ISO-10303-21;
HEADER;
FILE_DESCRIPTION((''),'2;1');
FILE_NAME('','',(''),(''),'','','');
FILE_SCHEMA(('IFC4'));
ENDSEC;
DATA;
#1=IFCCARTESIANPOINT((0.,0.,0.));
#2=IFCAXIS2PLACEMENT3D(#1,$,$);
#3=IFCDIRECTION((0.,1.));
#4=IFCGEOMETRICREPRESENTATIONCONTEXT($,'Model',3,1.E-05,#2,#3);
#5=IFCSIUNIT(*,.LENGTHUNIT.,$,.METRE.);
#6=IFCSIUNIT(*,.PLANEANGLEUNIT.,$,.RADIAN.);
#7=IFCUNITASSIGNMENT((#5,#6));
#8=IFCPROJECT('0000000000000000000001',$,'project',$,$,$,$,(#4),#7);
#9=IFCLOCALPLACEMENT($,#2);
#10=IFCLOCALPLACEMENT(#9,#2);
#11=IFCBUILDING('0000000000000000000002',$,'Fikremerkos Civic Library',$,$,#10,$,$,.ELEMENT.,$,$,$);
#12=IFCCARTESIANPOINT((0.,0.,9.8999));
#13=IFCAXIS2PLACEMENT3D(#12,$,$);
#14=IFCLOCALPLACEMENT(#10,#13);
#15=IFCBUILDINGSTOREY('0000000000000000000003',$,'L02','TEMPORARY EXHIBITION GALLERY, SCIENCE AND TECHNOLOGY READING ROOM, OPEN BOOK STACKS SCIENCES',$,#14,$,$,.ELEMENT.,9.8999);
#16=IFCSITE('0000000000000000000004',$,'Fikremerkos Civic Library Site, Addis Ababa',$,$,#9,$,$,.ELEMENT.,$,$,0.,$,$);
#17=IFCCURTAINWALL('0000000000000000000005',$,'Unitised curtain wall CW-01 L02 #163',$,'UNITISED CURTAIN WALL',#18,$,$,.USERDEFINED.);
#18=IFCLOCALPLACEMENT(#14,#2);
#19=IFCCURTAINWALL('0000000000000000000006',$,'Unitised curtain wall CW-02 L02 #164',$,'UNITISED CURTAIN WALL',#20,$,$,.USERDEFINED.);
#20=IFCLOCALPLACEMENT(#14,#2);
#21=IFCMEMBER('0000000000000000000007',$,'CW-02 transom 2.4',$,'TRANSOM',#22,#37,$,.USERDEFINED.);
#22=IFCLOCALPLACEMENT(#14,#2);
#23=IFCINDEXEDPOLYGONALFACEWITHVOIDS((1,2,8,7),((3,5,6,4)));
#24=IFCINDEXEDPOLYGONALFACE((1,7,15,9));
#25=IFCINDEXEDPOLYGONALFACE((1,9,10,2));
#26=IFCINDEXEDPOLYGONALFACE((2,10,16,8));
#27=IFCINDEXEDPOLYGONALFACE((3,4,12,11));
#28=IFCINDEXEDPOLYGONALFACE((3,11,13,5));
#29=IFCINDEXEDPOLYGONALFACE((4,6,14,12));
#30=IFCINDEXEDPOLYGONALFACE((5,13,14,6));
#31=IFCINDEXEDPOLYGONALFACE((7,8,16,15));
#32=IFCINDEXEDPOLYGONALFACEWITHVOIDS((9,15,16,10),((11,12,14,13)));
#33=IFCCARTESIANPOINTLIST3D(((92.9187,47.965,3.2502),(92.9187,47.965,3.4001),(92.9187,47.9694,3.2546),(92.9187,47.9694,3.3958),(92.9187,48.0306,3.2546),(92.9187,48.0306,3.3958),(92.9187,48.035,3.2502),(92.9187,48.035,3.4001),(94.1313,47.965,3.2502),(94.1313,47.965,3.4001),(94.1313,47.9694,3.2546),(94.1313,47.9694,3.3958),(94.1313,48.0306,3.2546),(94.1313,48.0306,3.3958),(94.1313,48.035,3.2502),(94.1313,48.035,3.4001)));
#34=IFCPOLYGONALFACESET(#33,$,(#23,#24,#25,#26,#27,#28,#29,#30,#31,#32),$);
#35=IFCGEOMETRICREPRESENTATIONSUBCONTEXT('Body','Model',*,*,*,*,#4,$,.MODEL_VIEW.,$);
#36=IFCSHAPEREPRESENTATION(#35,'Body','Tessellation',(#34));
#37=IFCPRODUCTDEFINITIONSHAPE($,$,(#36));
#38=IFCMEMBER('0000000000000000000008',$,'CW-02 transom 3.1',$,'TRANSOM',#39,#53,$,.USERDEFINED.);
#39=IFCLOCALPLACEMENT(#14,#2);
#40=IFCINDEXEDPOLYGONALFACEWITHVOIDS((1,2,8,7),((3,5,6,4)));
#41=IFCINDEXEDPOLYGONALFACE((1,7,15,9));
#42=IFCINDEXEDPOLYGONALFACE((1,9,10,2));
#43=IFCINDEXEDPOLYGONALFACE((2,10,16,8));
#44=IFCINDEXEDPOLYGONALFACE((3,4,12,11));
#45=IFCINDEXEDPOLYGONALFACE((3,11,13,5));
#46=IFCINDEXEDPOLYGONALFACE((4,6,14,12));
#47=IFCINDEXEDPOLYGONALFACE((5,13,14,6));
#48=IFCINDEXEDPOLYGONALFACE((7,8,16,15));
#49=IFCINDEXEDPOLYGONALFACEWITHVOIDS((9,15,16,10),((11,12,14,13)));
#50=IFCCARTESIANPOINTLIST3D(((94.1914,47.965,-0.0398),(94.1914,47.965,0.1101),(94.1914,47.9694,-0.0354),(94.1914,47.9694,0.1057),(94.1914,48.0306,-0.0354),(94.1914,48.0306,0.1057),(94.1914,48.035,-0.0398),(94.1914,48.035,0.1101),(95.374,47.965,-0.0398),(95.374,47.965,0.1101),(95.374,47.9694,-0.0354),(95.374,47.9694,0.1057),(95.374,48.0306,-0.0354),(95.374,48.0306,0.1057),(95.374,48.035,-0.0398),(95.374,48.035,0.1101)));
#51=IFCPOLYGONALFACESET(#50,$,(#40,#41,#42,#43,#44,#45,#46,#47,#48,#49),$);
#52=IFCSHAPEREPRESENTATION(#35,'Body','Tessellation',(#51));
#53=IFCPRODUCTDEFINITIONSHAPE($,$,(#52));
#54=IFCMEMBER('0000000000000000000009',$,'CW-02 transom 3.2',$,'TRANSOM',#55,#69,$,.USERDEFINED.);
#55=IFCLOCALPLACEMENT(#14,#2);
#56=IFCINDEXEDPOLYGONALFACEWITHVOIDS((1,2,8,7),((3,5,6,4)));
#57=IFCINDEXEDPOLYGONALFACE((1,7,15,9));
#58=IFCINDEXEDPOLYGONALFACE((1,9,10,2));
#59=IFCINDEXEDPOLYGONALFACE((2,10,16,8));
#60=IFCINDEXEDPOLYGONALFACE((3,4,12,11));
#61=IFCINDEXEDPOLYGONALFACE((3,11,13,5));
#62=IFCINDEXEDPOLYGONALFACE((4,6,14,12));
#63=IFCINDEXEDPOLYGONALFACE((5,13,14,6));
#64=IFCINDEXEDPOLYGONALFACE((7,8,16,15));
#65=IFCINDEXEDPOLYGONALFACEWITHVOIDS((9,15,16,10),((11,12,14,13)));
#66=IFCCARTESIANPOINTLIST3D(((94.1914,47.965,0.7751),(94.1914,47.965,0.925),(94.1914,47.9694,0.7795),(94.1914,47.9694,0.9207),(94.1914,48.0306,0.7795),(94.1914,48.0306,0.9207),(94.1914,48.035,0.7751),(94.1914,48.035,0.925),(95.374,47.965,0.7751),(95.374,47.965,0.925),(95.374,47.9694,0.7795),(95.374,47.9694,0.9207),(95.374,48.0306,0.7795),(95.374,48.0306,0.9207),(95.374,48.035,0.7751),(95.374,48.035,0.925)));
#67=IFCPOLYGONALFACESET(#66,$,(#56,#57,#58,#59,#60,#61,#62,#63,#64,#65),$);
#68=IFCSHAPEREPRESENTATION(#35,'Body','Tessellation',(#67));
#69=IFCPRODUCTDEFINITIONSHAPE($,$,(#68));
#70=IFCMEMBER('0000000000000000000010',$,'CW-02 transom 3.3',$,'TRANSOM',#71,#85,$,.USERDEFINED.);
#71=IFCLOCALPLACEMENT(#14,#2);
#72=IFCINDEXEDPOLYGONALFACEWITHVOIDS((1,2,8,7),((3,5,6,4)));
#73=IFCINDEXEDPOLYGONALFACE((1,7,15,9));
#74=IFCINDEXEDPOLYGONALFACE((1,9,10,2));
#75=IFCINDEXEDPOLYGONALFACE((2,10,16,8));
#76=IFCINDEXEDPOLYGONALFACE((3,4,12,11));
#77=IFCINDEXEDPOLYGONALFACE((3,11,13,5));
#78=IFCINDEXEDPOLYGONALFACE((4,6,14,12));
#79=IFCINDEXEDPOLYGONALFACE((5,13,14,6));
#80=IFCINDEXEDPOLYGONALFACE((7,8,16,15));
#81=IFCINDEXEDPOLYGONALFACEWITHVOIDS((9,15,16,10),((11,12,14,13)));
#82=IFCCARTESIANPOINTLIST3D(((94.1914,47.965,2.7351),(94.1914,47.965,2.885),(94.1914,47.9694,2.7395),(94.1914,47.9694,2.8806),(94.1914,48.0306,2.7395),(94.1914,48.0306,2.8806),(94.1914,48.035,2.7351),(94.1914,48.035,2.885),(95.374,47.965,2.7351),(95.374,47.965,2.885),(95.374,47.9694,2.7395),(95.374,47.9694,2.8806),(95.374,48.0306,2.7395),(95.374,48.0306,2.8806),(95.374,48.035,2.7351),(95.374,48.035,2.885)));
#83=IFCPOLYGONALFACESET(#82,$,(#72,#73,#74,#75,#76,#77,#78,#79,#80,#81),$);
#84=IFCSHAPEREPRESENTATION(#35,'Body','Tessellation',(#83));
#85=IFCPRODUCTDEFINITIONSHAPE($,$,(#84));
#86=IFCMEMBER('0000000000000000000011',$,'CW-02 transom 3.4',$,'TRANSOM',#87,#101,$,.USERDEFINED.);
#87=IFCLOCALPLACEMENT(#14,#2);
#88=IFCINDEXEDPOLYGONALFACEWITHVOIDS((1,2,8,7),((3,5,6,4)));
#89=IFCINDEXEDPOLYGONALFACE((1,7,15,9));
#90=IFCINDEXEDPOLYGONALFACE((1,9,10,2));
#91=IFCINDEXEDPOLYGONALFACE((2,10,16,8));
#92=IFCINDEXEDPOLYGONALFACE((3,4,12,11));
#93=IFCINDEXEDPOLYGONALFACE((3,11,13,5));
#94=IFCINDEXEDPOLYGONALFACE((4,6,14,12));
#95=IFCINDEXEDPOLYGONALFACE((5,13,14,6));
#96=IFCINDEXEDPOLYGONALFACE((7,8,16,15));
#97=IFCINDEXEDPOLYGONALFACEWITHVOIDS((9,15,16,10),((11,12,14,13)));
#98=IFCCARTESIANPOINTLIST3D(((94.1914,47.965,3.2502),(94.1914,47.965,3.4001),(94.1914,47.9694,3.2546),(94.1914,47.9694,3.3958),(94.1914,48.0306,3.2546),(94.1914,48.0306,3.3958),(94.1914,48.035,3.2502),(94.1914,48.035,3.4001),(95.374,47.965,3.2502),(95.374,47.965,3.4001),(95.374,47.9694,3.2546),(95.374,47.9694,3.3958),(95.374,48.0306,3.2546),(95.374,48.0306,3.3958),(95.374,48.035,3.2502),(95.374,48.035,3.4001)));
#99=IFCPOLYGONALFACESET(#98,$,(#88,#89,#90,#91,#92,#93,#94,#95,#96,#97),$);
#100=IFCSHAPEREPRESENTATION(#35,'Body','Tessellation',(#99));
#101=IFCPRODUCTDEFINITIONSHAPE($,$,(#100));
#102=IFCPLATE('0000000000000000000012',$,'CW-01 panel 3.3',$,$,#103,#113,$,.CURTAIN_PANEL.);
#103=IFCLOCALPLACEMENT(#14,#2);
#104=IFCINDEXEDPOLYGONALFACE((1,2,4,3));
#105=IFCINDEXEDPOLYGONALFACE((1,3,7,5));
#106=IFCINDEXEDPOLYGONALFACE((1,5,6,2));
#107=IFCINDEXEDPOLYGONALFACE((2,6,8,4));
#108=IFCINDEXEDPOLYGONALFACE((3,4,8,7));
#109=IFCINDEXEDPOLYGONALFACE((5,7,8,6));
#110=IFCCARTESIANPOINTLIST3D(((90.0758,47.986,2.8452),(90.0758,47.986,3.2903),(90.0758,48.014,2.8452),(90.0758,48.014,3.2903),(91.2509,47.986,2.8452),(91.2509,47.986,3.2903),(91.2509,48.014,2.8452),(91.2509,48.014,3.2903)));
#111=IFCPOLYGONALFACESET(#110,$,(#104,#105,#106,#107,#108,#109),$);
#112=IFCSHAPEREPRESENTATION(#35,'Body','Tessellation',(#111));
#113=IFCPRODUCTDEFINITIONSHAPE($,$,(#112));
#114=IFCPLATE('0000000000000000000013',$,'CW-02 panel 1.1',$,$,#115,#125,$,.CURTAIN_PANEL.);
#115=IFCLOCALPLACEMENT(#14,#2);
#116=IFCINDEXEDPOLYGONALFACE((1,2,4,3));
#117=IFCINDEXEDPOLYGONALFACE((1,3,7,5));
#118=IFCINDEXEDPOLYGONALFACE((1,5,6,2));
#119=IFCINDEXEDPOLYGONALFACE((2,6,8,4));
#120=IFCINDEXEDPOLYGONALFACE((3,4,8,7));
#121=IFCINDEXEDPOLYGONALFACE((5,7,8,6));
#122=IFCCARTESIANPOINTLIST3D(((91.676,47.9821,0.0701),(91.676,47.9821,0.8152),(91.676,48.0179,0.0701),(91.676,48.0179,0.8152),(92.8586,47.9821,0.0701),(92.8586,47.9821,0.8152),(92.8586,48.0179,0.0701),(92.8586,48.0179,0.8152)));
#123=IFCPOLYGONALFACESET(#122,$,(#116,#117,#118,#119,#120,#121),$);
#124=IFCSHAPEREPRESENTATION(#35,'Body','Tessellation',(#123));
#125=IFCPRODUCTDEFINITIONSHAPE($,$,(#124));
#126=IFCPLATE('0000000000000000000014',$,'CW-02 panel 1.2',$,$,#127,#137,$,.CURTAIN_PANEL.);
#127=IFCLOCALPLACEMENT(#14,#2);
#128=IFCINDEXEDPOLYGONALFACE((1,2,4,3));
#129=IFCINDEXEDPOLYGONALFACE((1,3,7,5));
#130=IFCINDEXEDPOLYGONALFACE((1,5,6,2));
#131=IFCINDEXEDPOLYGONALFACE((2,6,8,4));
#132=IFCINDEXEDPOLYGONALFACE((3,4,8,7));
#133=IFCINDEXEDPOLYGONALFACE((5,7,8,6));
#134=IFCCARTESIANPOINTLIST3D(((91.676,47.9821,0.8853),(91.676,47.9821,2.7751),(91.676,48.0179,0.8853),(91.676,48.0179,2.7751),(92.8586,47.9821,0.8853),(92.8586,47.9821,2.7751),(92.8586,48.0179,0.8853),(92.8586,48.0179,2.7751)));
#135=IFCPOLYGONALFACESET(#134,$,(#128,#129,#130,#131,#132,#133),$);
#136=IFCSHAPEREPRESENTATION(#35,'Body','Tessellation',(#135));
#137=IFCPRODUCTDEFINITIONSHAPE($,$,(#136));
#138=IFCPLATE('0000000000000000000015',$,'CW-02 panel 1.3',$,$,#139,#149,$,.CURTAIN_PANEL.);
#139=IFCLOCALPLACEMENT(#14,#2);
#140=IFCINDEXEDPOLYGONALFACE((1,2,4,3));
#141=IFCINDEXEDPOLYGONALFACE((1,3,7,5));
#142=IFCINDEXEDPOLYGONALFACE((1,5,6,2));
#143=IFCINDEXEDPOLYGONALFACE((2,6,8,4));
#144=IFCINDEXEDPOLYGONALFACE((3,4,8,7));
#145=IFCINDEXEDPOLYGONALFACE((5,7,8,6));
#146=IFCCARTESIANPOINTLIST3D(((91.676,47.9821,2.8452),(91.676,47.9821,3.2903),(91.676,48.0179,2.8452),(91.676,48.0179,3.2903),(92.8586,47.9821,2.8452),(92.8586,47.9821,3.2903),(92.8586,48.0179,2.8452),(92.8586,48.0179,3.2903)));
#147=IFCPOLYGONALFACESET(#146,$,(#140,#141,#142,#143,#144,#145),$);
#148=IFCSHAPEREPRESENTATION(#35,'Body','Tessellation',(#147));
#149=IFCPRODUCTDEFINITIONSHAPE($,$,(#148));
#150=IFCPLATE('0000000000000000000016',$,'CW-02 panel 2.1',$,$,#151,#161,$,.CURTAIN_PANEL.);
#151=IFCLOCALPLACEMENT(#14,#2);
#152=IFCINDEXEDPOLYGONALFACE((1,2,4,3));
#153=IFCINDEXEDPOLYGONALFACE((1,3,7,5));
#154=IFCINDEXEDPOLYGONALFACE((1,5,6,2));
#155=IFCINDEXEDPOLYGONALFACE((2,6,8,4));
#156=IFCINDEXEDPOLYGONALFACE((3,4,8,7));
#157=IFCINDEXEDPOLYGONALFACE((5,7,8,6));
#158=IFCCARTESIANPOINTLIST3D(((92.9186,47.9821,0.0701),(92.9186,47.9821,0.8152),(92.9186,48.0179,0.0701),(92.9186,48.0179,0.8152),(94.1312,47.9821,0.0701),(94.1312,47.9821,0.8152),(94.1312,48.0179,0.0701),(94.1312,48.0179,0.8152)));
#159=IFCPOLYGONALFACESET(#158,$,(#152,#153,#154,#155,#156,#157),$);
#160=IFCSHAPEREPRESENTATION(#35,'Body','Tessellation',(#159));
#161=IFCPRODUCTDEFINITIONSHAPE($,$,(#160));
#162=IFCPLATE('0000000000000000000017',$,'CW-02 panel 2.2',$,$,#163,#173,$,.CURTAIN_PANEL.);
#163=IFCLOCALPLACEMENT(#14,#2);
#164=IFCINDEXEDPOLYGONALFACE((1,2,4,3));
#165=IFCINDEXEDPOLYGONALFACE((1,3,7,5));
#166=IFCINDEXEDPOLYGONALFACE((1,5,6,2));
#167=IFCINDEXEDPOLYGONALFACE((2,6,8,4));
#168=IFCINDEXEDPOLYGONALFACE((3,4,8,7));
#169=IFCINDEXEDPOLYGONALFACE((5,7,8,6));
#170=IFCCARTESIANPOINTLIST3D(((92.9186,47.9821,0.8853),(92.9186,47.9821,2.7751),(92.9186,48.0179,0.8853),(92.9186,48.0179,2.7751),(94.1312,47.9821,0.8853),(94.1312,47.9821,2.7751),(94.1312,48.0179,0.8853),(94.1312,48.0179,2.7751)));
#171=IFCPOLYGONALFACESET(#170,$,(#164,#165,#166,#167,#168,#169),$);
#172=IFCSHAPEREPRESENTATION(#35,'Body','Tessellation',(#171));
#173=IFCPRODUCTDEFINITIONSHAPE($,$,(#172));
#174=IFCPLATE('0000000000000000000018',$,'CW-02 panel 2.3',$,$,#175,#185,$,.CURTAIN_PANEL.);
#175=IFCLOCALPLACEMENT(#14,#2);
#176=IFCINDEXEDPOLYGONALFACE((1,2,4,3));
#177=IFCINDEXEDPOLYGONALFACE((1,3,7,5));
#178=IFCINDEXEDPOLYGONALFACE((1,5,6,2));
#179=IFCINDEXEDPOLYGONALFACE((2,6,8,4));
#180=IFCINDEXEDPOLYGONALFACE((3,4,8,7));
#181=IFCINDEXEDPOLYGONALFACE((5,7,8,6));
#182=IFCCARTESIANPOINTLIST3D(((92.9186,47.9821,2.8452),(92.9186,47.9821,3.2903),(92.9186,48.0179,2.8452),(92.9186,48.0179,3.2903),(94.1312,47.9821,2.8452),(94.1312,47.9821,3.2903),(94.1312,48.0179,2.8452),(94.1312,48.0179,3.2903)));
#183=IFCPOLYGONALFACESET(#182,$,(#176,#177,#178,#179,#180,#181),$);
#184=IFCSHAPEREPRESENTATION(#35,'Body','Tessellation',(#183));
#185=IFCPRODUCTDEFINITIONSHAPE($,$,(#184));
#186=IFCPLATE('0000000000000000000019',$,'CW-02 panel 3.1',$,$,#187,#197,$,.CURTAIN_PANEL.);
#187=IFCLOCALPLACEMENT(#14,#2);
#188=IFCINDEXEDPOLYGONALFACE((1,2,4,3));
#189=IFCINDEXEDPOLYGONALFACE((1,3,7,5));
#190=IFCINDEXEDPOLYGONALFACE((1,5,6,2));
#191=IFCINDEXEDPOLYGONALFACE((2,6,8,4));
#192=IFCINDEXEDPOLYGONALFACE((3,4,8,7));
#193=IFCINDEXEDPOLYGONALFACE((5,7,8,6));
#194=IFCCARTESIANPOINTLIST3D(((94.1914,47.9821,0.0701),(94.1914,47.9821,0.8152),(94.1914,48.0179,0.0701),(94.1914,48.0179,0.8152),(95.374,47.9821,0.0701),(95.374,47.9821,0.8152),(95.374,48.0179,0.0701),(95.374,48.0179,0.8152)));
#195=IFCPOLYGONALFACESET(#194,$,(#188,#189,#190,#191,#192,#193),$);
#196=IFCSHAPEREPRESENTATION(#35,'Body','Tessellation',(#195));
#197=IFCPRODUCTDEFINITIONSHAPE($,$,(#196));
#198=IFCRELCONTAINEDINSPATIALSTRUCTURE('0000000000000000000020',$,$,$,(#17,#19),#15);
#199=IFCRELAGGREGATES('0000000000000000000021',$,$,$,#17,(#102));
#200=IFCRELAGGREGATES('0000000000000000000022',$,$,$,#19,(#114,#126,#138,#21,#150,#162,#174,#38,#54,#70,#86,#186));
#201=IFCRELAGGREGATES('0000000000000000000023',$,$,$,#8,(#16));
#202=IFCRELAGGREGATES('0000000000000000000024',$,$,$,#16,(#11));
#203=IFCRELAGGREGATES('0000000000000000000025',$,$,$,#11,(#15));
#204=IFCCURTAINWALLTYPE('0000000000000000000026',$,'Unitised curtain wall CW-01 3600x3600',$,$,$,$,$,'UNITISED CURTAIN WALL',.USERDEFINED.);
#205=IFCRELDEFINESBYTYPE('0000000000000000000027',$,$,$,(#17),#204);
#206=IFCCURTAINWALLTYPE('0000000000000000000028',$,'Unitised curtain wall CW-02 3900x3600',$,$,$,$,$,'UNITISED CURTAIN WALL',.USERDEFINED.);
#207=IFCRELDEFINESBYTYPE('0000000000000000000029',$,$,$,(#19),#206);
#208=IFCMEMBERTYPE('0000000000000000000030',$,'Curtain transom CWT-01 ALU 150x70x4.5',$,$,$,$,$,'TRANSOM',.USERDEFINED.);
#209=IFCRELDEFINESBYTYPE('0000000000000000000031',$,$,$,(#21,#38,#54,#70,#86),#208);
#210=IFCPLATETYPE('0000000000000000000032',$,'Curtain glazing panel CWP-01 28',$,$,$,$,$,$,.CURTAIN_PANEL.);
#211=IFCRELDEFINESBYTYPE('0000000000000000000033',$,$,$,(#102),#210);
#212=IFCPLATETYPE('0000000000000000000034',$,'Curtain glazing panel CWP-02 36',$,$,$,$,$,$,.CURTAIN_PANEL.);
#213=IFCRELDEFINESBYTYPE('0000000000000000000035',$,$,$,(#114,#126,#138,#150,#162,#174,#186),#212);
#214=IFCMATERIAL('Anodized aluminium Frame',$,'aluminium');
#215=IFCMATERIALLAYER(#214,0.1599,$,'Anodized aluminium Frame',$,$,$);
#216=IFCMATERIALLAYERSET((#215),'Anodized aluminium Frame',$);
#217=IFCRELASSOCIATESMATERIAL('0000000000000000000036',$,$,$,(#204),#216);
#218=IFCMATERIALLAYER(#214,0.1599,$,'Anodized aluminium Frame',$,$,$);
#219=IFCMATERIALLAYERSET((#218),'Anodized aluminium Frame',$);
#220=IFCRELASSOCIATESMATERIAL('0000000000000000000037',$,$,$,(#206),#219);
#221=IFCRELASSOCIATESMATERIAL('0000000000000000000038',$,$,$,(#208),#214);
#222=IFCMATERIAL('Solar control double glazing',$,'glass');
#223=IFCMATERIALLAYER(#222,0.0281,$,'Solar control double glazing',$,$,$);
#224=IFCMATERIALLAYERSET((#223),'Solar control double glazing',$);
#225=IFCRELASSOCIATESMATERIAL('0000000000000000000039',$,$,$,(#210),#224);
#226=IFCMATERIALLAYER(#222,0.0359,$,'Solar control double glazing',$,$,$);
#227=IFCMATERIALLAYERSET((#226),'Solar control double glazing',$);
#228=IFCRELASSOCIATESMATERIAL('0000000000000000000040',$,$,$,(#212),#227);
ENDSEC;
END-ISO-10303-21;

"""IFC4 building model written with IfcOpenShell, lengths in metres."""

from ifc_helpers import new_model, si_unit, direction, frame, origin, origin_2d, place, context, subcontext, project, spatial, rectangle, hollow_rectangle, extrude, material, layer, layer_set, material_profile, profile_set, type_object, element, aggregate, save


model = new_model("IFC4")

# Units and contexts
model_context = context("Model", 3, precision=1e-05, world=origin(), true_north=direction((0.0, 1.0)))
body_context = subcontext(model_context, "Body", "Model", "MODEL_VIEW")
ifc_project = project(units=[si_unit("LENGTHUNIT", "METRE"), si_unit("PLANEANGLEUNIT", "RADIAN")], contexts=[model_context])

# Site, building, storey
site_placement = place(None, origin())
site = spatial("IfcSite", under=ifc_project, at=site_placement, Name="Fikremerkos Civic Library Site, Addis Ababa", CompositionType="ELEMENT", RefElevation=0.0)
building_placement = place(site_placement, origin())
building = spatial("IfcBuilding", under=site, at=building_placement, Name="Fikremerkos Civic Library", CompositionType="ELEMENT")
storey_placement = place(building_placement, frame((0.0, 0.0, 9.8999)))
storey = spatial("IfcBuildingStorey", under=building, at=storey_placement, Name="L02", Description="TEMPORARY EXHIBITION GALLERY, SCIENCE AND TECHNOLOGY READING ROOM, OPEN BOOK STACKS SCIENCES", CompositionType="ELEMENT", Elevation=9.8999)

# Curtain wall
ifc_material_1 = material(Name="Anodized aluminium Frame", Category="aluminium")
ifc_layer_1 = layer(ifc_material_1, 0.1599, Name="Anodized aluminium Frame")
ifc_layer_set_1 = layer_set([ifc_layer_1], Name="Anodized aluminium Frame")
curtain_wall_type_1 = type_object("IfcCurtainWallType", Name="Unitised curtain wall CW-01 3600x3600", ElementType="UNITISED CURTAIN WALL", PredefinedType="USERDEFINED", material=ifc_layer_set_1)
curtain_wall_1_placement = place(storey_placement, origin())
curtain_wall_1 = element("IfcCurtainWall", 1, at=curtain_wall_1_placement, inside=storey, type_object=curtain_wall_type_1, Name="Unitised curtain wall CW-01 L02 #163", ObjectType="UNITISED CURTAIN WALL", PredefinedType="USERDEFINED")

# Curtain wall, members
ifc_layer_2 = layer(ifc_material_1, 0.1599, Name="Anodized aluminium Frame")
ifc_layer_set_2 = layer_set([ifc_layer_2], Name="Anodized aluminium Frame")
curtain_wall_type_2 = type_object("IfcCurtainWallType", Name="Unitised curtain wall CW-02 3900x3600", ElementType="UNITISED CURTAIN WALL", PredefinedType="USERDEFINED", material=ifc_layer_set_2)
curtain_wall_2_placement = place(storey_placement, origin())
curtain_wall_2 = element("IfcCurtainWall", 2, at=curtain_wall_2_placement, inside=storey, type_object=curtain_wall_type_2, Name="Unitised curtain wall CW-02 L02 #164", ObjectType="UNITISED CURTAIN WALL", PredefinedType="USERDEFINED")
ifc_material_profile_1 = material_profile(ifc_material_1, hollow_rectangle(XDim=0.0701, YDim=0.1499, WallThickness=0.0044, at=origin_2d()), Name="ALU 150x70x4.5")
ifc_profile_set_1 = profile_set([ifc_material_profile_1], Name="Anodized aluminium Frame")
member_type_1 = type_object("IfcMemberType", Name="Curtain transom CWT-01 ALU 150x70x4.5", ElementType="TRANSOM", PredefinedType="USERDEFINED", material=ifc_profile_set_1)
member_1_placement = place(storey_placement, frame((92.9187, 48.0, 3.3252), z_axis=(1.0, 0.0, 0.0), x_axis=(0.0, 1.0, 0.0)))
member_1 = element("IfcMember", 3, at=member_1_placement, type_object=member_type_1, Name="CW-02 transom 2.4", ObjectType="TRANSOM", PredefinedType="USERDEFINED", context=body_context, shape_type="SweptSolid", body=[
    extrude(hollow_rectangle(XDim=0.0701, YDim=0.1499, WallThickness=0.0044, at=origin_2d()), origin(), (0.0, 0.0, 1.0), 1.2126),
])
member_2_placement = place(storey_placement, frame((94.1914, 48.0, 0.0352), z_axis=(1.0, 0.0, 0.0), x_axis=(0.0, 1.0, 0.0)))
member_2 = element("IfcMember", 4, at=member_2_placement, type_object=member_type_1, Name="CW-02 transom 3.1", ObjectType="TRANSOM", PredefinedType="USERDEFINED", context=body_context, shape_type="SweptSolid", body=[
    extrude(hollow_rectangle(XDim=0.0701, YDim=0.1499, WallThickness=0.0044, at=origin_2d()), origin(), (0.0, 0.0, 1.0), 1.1826),
])
member_3_placement = place(storey_placement, frame((94.1914, 48.0, 0.8501), z_axis=(1.0, 0.0, 0.0), x_axis=(0.0, 1.0, 0.0)))
member_3 = element("IfcMember", 5, at=member_3_placement, type_object=member_type_1, Name="CW-02 transom 3.2", ObjectType="TRANSOM", PredefinedType="USERDEFINED", context=body_context, shape_type="SweptSolid", body=[
    extrude(hollow_rectangle(XDim=0.0701, YDim=0.1499, WallThickness=0.0044, at=origin_2d()), origin(), (0.0, 0.0, 1.0), 1.1826),
])
member_4_placement = place(storey_placement, frame((94.1914, 48.0, 2.8101), z_axis=(1.0, 0.0, 0.0), x_axis=(0.0, 1.0, 0.0)))
member_4 = element("IfcMember", 6, at=member_4_placement, type_object=member_type_1, Name="CW-02 transom 3.3", ObjectType="TRANSOM", PredefinedType="USERDEFINED", context=body_context, shape_type="SweptSolid", body=[
    extrude(hollow_rectangle(XDim=0.0701, YDim=0.1499, WallThickness=0.0044, at=origin_2d()), origin(), (0.0, 0.0, 1.0), 1.1826),
])
member_5_placement = place(storey_placement, frame((94.1914, 48.0, 3.3252), z_axis=(1.0, 0.0, 0.0), x_axis=(0.0, 1.0, 0.0)))
member_5 = element("IfcMember", 7, at=member_5_placement, type_object=member_type_1, Name="CW-02 transom 3.4", ObjectType="TRANSOM", PredefinedType="USERDEFINED", context=body_context, shape_type="SweptSolid", body=[
    extrude(hollow_rectangle(XDim=0.0701, YDim=0.1499, WallThickness=0.0044, at=origin_2d()), origin(), (0.0, 0.0, 1.0), 1.1826),
])

# Plates
ifc_material_2 = material(Name="Solar control double glazing", Category="glass")
ifc_layer_3 = layer(ifc_material_2, 0.0281, Name="Solar control double glazing")
ifc_layer_set_3 = layer_set([ifc_layer_3], Name="Solar control double glazing")
plate_type_1 = type_object("IfcPlateType", Name="Curtain glazing panel CWP-01 28", PredefinedType="CURTAIN_PANEL", material=ifc_layer_set_3)
plate_1_placement = place(storey_placement, frame((90.6633, 48.0, 2.8452), z_axis=(0.0, 0.0, 1.0), x_axis=(1.0, 0.0, 0.0)))
plate_1 = element("IfcPlate", 8, at=plate_1_placement, type_object=plate_type_1, Name="CW-01 panel 3.3", PredefinedType="CURTAIN_PANEL", context=body_context, shape_type="SweptSolid", body=[
    extrude(rectangle(XDim=1.175, YDim=0.0281, at=origin_2d()), origin(), (0.0, 0.0, 1.0), 0.4451),
])
aggregate(curtain_wall_1, [plate_1])
ifc_layer_4 = layer(ifc_material_2, 0.0359, Name="Solar control double glazing")
ifc_layer_set_4 = layer_set([ifc_layer_4], Name="Solar control double glazing")
plate_type_2 = type_object("IfcPlateType", Name="Curtain glazing panel CWP-02 36", PredefinedType="CURTAIN_PANEL", material=ifc_layer_set_4)
plate_2_placement = place(storey_placement, frame((92.2673, 48.0, 0.0701), z_axis=(0.0, 0.0, 1.0), x_axis=(1.0, 0.0, 0.0)))
plate_2 = element("IfcPlate", 9, at=plate_2_placement, type_object=plate_type_2, Name="CW-02 panel 1.1", PredefinedType="CURTAIN_PANEL", context=body_context, shape_type="SweptSolid", body=[
    extrude(rectangle(XDim=1.1826, YDim=0.0359, at=origin_2d()), origin(), (0.0, 0.0, 1.0), 0.7451),
])
plate_3_placement = place(storey_placement, frame((92.2673, 48.0, 0.8853), z_axis=(0.0, 0.0, 1.0), x_axis=(1.0, 0.0, 0.0)))
plate_3 = element("IfcPlate", 10, at=plate_3_placement, type_object=plate_type_2, Name="CW-02 panel 1.2", PredefinedType="CURTAIN_PANEL", context=body_context, shape_type="SweptSolid", body=[
    extrude(rectangle(XDim=1.1826, YDim=0.0359, at=origin_2d()), origin(), (0.0, 0.0, 1.0), 1.8899),
])
plate_4_placement = place(storey_placement, frame((92.2673, 48.0, 2.8452), z_axis=(0.0, 0.0, 1.0), x_axis=(1.0, 0.0, 0.0)))
plate_4 = element("IfcPlate", 11, at=plate_4_placement, type_object=plate_type_2, Name="CW-02 panel 1.3", PredefinedType="CURTAIN_PANEL", context=body_context, shape_type="SweptSolid", body=[
    extrude(rectangle(XDim=1.1826, YDim=0.0359, at=origin_2d()), origin(), (0.0, 0.0, 1.0), 0.4451),
])
plate_5_placement = place(storey_placement, frame((93.5249, 48.0, 0.0701), z_axis=(0.0, 0.0, 1.0), x_axis=(1.0, 0.0, 0.0)))
plate_5 = element("IfcPlate", 12, at=plate_5_placement, type_object=plate_type_2, Name="CW-02 panel 2.1", PredefinedType="CURTAIN_PANEL", context=body_context, shape_type="SweptSolid", body=[
    extrude(rectangle(XDim=1.2126, YDim=0.0359, at=origin_2d()), origin(), (0.0, 0.0, 1.0), 0.7451),
])
plate_6_placement = place(storey_placement, frame((93.5249, 48.0, 0.8853), z_axis=(0.0, 0.0, 1.0), x_axis=(1.0, 0.0, 0.0)))
plate_6 = element("IfcPlate", 13, at=plate_6_placement, type_object=plate_type_2, Name="CW-02 panel 2.2", PredefinedType="CURTAIN_PANEL", context=body_context, shape_type="SweptSolid", body=[
    extrude(rectangle(XDim=1.2126, YDim=0.0359, at=origin_2d()), origin(), (0.0, 0.0, 1.0), 1.8899),
])
plate_7_placement = place(storey_placement, frame((93.5249, 48.0, 2.8452), z_axis=(0.0, 0.0, 1.0), x_axis=(1.0, 0.0, 0.0)))
plate_7 = element("IfcPlate", 14, at=plate_7_placement, type_object=plate_type_2, Name="CW-02 panel 2.3", PredefinedType="CURTAIN_PANEL", context=body_context, shape_type="SweptSolid", body=[
    extrude(rectangle(XDim=1.2126, YDim=0.0359, at=origin_2d()), origin(), (0.0, 0.0, 1.0), 0.4451),
])
plate_8_placement = place(storey_placement, frame((94.7827, 48.0, 0.0701), z_axis=(0.0, 0.0, 1.0), x_axis=(1.0, 0.0, 0.0)))
plate_8 = element("IfcPlate", 15, at=plate_8_placement, type_object=plate_type_2, Name="CW-02 panel 3.1", PredefinedType="CURTAIN_PANEL", context=body_context, shape_type="SweptSolid", body=[
    extrude(rectangle(XDim=1.1826, YDim=0.0359, at=origin_2d()), origin(), (0.0, 0.0, 1.0), 0.7451),
])
aggregate(curtain_wall_2, [plate_2, plate_3, plate_4, member_1, plate_5, plate_6, plate_7, member_2, member_3, member_4, member_5, plate_8])

save(model, "model.ifc")
